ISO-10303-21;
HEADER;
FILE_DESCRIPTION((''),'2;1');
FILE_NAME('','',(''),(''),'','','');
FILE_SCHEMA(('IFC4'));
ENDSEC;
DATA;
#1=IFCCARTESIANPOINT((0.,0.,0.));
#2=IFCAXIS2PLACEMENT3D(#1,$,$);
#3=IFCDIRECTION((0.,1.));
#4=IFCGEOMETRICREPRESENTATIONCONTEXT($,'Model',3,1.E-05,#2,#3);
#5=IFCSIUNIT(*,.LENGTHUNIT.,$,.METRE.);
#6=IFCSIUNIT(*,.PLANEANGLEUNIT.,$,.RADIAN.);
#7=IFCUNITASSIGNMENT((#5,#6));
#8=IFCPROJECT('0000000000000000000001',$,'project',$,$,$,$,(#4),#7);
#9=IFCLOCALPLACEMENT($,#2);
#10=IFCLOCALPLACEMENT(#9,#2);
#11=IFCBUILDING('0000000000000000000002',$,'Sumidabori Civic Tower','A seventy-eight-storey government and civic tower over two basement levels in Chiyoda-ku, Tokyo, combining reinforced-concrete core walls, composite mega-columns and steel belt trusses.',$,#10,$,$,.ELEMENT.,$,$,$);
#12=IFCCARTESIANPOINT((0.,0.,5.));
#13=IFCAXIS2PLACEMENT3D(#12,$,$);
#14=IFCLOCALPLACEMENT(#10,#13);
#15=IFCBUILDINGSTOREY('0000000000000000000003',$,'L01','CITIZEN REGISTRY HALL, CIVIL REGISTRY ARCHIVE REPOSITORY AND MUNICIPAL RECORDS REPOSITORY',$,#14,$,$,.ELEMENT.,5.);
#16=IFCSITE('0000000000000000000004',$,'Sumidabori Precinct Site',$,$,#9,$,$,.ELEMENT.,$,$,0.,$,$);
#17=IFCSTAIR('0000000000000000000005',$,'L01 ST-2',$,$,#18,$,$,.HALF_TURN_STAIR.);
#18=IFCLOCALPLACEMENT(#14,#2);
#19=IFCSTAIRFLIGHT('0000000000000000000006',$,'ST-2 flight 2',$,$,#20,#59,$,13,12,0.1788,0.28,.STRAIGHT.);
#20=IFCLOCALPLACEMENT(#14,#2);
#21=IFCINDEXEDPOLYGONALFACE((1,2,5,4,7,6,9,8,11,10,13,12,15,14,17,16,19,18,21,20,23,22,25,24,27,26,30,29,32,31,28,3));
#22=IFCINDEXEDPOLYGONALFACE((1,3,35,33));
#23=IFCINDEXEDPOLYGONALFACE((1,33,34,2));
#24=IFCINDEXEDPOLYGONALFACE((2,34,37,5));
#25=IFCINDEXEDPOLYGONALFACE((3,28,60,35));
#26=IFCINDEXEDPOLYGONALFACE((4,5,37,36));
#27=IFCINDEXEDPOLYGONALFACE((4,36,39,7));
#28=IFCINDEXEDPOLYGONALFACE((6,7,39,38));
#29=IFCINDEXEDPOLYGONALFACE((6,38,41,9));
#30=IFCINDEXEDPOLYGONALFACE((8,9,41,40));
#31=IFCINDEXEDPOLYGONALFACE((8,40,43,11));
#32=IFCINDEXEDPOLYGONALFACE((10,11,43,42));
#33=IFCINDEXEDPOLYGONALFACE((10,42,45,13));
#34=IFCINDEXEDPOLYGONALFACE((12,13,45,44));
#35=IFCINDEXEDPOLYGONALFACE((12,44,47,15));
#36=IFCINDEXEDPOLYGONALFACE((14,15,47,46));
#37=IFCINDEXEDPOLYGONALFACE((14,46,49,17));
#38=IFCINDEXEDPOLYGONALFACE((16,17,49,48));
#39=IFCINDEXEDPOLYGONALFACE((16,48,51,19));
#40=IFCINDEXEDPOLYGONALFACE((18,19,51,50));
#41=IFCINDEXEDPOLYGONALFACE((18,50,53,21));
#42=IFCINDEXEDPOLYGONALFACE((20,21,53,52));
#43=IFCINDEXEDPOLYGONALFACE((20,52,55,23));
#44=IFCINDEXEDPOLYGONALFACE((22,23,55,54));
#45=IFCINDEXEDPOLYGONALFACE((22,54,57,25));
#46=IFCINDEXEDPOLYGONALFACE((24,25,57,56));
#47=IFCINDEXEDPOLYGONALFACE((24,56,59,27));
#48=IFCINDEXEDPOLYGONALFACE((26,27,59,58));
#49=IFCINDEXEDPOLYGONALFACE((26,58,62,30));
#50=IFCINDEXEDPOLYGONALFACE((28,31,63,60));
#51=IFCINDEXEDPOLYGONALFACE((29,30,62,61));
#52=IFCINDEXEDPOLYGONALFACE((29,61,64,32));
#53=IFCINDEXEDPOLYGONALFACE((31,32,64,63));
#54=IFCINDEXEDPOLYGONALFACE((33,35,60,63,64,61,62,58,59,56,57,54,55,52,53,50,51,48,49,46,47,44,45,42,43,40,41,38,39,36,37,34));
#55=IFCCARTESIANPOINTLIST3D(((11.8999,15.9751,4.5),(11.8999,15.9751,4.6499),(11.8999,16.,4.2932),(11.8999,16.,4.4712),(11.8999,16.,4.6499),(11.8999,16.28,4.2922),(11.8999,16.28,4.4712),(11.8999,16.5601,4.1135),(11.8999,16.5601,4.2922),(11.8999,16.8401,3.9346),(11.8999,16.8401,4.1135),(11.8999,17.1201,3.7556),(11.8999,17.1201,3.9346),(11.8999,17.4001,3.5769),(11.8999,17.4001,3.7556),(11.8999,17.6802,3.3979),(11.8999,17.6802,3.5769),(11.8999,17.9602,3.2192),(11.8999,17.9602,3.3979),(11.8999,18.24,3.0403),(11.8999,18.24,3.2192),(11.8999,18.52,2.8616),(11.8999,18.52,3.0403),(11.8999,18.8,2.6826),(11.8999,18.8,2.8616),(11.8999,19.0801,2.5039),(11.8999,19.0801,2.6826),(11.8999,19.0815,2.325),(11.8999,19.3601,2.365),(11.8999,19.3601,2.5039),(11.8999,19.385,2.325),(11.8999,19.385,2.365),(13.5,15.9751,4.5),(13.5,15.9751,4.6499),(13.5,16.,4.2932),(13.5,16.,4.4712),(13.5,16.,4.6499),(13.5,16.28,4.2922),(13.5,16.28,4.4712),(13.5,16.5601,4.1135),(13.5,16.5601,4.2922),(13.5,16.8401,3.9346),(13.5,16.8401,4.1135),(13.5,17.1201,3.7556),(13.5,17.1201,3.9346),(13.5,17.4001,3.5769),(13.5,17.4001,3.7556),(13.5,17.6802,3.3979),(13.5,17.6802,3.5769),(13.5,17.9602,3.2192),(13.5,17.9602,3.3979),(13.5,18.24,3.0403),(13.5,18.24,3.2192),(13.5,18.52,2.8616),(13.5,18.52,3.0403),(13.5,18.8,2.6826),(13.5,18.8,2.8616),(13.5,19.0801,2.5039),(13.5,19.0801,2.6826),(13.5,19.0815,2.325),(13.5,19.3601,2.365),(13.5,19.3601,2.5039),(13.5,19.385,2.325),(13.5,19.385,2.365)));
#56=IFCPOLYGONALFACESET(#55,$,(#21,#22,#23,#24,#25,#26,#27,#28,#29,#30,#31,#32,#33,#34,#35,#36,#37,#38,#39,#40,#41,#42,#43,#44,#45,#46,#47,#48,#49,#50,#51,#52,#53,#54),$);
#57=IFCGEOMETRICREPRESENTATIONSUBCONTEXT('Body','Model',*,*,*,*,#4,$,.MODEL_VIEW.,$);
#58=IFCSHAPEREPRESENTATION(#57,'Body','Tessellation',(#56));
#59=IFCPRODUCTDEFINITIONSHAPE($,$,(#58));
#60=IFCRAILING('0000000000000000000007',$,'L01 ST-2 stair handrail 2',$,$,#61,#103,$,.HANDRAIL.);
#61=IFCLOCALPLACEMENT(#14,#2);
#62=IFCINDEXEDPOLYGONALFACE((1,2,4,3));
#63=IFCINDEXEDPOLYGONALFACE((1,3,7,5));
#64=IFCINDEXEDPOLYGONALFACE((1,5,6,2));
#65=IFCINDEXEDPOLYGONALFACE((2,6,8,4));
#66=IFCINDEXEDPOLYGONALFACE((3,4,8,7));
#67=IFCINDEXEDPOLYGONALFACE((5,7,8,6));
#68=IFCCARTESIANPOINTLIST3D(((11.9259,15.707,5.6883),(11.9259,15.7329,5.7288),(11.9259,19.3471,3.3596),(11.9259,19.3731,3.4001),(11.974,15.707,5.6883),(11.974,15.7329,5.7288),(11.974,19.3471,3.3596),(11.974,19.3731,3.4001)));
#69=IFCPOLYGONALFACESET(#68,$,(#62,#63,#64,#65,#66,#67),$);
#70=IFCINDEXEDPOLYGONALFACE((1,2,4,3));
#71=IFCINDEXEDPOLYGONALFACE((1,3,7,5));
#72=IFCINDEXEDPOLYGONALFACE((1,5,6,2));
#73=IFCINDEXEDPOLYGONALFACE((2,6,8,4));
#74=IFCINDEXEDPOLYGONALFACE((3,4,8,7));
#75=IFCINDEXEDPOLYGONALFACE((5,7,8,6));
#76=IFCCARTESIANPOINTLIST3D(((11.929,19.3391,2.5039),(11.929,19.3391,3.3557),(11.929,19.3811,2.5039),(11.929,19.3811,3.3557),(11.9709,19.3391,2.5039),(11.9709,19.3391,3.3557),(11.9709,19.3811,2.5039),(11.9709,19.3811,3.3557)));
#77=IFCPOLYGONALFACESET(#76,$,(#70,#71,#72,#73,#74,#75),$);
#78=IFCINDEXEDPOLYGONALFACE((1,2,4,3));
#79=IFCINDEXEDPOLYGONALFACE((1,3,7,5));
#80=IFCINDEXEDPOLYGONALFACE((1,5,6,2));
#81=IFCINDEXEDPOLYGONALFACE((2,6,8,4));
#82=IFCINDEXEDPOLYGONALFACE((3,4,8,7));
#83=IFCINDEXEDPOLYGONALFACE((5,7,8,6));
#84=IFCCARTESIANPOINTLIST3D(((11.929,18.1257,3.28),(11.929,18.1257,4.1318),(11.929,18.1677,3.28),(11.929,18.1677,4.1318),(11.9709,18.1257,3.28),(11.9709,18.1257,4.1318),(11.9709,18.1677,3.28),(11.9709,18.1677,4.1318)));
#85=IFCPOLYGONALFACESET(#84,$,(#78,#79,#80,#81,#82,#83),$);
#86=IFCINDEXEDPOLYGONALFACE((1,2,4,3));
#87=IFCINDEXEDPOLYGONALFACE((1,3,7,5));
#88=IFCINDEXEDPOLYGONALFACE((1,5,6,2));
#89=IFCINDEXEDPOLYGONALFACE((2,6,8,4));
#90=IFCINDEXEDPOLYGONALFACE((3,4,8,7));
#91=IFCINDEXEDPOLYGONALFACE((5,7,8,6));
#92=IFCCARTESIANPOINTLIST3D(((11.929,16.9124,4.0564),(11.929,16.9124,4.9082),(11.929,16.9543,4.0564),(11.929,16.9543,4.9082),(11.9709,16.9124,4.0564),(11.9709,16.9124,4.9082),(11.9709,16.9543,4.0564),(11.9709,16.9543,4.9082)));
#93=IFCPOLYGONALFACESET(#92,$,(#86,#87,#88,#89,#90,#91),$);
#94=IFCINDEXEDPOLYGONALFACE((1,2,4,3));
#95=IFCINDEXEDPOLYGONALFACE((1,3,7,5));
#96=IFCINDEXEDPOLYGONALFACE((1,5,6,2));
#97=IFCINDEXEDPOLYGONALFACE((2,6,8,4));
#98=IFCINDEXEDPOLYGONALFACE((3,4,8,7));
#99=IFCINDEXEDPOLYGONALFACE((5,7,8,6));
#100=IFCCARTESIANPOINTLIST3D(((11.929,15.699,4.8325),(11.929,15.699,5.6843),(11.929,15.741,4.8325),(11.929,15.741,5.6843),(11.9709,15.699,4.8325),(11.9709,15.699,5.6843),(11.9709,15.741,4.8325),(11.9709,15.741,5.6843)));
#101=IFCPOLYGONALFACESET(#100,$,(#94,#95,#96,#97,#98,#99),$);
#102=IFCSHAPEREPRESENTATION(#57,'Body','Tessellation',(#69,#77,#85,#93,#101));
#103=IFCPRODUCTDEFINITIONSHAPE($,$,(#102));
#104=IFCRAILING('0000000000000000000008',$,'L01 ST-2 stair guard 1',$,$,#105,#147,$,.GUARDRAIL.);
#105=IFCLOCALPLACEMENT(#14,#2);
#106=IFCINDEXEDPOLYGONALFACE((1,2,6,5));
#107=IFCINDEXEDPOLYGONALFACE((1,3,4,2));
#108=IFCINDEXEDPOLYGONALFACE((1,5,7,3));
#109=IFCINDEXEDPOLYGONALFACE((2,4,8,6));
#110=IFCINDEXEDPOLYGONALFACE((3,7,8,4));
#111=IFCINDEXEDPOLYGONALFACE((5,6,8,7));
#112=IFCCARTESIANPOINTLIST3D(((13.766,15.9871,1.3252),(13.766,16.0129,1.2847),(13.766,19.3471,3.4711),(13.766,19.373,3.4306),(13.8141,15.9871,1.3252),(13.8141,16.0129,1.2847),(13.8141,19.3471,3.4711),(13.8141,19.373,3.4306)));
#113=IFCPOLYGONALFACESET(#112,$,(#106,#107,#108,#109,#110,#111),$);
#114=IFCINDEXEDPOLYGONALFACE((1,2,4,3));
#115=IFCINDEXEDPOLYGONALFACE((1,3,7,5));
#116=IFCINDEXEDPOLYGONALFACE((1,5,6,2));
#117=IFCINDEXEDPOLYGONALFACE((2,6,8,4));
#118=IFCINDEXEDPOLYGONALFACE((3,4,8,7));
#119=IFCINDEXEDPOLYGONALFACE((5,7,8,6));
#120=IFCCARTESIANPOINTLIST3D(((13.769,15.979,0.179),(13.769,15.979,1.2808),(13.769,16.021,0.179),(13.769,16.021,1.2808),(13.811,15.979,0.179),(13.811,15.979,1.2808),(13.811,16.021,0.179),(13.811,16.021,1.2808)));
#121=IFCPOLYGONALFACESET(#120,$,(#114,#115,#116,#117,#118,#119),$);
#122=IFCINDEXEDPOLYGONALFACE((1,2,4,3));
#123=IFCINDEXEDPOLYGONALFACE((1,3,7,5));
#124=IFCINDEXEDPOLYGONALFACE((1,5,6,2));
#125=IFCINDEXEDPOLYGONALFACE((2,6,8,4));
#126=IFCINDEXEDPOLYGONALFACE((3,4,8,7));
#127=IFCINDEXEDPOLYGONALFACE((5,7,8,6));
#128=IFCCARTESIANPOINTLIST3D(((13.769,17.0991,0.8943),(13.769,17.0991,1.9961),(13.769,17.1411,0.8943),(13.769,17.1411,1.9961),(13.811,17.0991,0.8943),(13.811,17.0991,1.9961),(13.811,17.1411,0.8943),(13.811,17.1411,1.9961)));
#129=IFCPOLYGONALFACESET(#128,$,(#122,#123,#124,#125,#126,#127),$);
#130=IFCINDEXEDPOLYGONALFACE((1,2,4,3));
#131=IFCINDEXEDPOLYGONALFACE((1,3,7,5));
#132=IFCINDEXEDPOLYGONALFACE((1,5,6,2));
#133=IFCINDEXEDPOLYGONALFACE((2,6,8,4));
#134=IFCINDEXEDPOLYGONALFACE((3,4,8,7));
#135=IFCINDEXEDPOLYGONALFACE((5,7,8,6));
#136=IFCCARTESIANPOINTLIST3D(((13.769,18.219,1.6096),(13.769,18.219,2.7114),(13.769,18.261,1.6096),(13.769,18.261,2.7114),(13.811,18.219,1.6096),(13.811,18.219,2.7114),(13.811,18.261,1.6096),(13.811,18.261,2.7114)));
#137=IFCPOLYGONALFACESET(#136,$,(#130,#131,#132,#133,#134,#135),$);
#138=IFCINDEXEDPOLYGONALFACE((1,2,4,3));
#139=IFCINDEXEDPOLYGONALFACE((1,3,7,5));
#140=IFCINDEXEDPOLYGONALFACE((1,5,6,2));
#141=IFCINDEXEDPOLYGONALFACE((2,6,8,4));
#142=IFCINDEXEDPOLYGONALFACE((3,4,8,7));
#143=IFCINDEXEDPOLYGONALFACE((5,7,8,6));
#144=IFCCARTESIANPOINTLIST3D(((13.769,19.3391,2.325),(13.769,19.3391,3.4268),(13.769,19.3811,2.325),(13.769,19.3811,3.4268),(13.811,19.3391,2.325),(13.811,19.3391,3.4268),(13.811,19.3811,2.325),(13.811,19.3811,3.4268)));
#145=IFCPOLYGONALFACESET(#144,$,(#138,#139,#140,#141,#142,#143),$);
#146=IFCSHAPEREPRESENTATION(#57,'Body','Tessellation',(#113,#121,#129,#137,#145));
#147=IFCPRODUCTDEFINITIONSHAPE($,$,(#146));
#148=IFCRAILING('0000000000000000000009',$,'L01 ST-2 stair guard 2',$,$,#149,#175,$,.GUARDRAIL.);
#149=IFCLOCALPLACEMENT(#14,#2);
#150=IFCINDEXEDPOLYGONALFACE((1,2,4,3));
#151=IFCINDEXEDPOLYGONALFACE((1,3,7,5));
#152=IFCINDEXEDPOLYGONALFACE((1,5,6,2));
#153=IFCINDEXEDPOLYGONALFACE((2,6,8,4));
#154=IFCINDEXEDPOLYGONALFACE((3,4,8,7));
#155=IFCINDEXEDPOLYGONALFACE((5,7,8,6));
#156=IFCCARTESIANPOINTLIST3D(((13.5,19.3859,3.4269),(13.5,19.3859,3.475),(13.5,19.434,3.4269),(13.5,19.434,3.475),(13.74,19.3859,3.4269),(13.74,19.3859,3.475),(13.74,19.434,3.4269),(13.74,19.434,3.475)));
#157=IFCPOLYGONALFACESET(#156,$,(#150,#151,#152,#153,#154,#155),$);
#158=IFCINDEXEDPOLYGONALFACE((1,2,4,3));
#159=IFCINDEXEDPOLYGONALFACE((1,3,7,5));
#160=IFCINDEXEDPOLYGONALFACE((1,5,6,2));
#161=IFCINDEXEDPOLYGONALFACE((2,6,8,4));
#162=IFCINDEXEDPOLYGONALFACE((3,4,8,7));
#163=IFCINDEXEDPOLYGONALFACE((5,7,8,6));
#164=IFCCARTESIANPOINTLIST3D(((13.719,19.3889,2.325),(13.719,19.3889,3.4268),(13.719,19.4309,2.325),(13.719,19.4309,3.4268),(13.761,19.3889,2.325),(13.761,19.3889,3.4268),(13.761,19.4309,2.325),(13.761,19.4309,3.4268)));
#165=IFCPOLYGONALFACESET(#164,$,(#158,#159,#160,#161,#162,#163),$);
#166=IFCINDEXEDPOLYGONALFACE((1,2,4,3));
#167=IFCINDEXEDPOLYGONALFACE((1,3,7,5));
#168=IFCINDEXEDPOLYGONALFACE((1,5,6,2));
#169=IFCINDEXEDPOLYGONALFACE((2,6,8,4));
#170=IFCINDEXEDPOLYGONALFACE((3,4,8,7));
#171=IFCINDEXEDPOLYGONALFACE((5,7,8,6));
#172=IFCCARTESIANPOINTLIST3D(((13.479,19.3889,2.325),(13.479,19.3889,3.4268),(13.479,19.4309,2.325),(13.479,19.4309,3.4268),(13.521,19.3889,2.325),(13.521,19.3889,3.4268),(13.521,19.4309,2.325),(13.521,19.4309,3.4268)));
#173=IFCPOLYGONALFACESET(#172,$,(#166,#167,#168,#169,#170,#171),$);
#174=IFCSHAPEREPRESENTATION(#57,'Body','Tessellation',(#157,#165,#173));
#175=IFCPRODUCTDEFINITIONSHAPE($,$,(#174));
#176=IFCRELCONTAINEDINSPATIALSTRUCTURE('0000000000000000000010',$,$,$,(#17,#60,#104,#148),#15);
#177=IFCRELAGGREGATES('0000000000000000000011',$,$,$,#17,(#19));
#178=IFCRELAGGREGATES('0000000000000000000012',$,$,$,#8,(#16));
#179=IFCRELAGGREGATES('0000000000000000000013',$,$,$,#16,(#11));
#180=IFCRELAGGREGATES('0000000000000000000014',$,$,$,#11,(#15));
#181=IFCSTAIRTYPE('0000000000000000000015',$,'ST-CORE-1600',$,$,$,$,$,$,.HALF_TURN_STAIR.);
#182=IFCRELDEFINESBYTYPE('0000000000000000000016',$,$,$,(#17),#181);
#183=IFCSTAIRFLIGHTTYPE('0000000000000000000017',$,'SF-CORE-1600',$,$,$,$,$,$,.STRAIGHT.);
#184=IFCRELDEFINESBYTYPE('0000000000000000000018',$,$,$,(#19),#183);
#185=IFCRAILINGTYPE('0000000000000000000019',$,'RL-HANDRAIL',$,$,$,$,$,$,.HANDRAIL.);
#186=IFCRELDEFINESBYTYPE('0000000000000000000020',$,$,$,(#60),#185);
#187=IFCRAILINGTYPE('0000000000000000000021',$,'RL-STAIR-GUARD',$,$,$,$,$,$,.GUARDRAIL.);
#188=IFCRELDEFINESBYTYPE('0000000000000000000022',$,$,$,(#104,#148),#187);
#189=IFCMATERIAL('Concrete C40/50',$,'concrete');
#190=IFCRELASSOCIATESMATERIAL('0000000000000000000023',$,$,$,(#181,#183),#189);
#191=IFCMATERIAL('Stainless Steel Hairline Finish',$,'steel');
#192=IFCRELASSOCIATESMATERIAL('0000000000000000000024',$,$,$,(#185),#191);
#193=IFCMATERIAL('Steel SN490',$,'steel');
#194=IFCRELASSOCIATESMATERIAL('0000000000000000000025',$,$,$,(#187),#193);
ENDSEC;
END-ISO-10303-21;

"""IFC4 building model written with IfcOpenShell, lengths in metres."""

from ifc_helpers import new_model, si_unit, direction, frame, origin, origin_2d, place, context, subcontext, project, spatial, polyline, rectangle, outline, extrude, source, transform, mapped, material, type_object, element, aggregate, save


model = new_model("IFC4")

# Units and contexts
model_context = context("Model", 3, precision=1e-05, world=origin(), true_north=direction((0.0, 1.0)))
body_context = subcontext(model_context, "Body", "Model", "MODEL_VIEW")
ifc_project = project(units=[si_unit("LENGTHUNIT", "METRE"), si_unit("PLANEANGLEUNIT", "RADIAN")], contexts=[model_context])

# Site, building, storey
site_placement = place(None, origin())
site = spatial("IfcSite", under=ifc_project, at=site_placement, Name="Sumidabori Precinct Site", CompositionType="ELEMENT", RefElevation=0.0)
building_placement = place(site_placement, origin())
building = spatial("IfcBuilding", under=site, at=building_placement, Name="Sumidabori Civic Tower", Description="A seventy-eight-storey government and civic tower over two basement levels in Chiyoda-ku, Tokyo, combining reinforced-concrete core walls, composite mega-columns and steel belt trusses.", CompositionType="ELEMENT")
storey_placement = place(building_placement, frame((0.0, 0.0, 5.0)))
storey = spatial("IfcBuildingStorey", under=building, at=storey_placement, Name="L01", Description="CITIZEN REGISTRY HALL, CIVIL REGISTRY ARCHIVE REPOSITORY AND MUNICIPAL RECORDS REPOSITORY", CompositionType="ELEMENT", Elevation=5.0)

# Shared definitions
ifc_material_1 = material(Name="Steel SN490", Category="steel")

# Stair, stair flight
ifc_material_2 = material(Name="Concrete C40/50", Category="concrete")
stair_type = type_object("IfcStairType", Name="ST-CORE-1600", PredefinedType="HALF_TURN_STAIR", material=ifc_material_2)
stair_placement = place(storey_placement, origin())
stair = element("IfcStair", 1, at=stair_placement, inside=storey, type_object=stair_type, Name="L01 ST-2", PredefinedType="HALF_TURN_STAIR")
stair_flight_type = type_object("IfcStairFlightType", Name="SF-CORE-1600", PredefinedType="STRAIGHT", material=ifc_material_2)
shared_shape_1 = source(origin(), body_context, "Body", "SweptSolid", [
    extrude(outline(polyline([(-0.0249, 0.0), (-0.0249, 0.04), (0.0, 0.04), (0.0, 0.179), (0.28, 0.179), (0.28, 0.3577), (0.5601, 0.3577), (0.5601, 0.5366), (0.8401, 0.5366), (0.8401, 0.7153), (1.1201, 0.7153), (1.1201, 0.8943), (1.3999, 0.8943), (1.3999, 1.073), (1.6799, 1.073), (1.6799, 1.252), (1.96, 1.252), (1.96, 1.4307), (2.24, 1.4307), (2.24, 1.6096), (2.52, 1.6096), (2.52, 1.7886), (2.8, 1.7886), (2.8, 1.9673), (3.0801, 1.9673), (3.0801, 2.1462), (3.3601, 2.1462), (3.3601, 2.325), (3.385, 2.325), (3.385, 2.175), (3.3601, 1.9683), (0.2786, 0.0), (-0.0249, 0.0)])), frame((0.0, 0.8, 0.0), z_axis=(0.0, -1.0, 0.0), x_axis=(1.0, 0.0, 0.0)), (0.0, 0.0, 1.0), 1.6001),
])
stair_flight_1_placement = place(storey_placement, frame((12.7, 19.3601, 2.325), z_axis=(0.0, 0.0, 1.0), x_axis=(0.0, -1.0, 0.0)))
stair_flight_1 = element("IfcStairFlight", 2, at=stair_flight_1_placement, type_object=stair_flight_type, Name="ST-2 flight 2", NumberOfRisers=13, NumberOfTreads=12, PredefinedType="STRAIGHT", RiserHeight=0.1788, TreadLength=0.28, context=body_context, shape_type="MappedRepresentation", body=[
    mapped(shared_shape_1, transform((0.0, 0.0, 0.0), x_axis=(1.0, 0.0, 0.0), y_axis=(0.0, 1.0, 0.0), z_axis=(0.0, 0.0, 1.0), scale=1.0)),
])
aggregate(stair, [stair_flight_1])

# Railings
ifc_material_3 = material(Name="Stainless Steel Hairline Finish", Category="steel")
railing_type_1 = type_object("IfcRailingType", Name="RL-HANDRAIL", PredefinedType="HANDRAIL", material=ifc_material_3)
railing_1_placement = place(storey_placement, frame((11.95, 19.3601, 2.5039)))
element("IfcRailing", 3, at=railing_1_placement, inside=storey, type_object=railing_type_1, Name="L01 ST-2 stair handrail 2", PredefinedType="HANDRAIL", context=body_context, shape_type="SweptSolid", body=[
    extrude(rectangle(XDim=0.0481, YDim=0.0481, at=origin_2d()), frame((0.0, 0.0, 0.876), z_axis=(0.0, -0.842384, 0.538877), x_axis=(1.0, 0.0, 0.0)), (0.0, 0.0, 1.0), 4.3213),
    extrude(rectangle(XDim=0.042, YDim=0.042, at=origin_2d()), origin(), (0.0, 0.0, 1.0), 0.8518),
    extrude(rectangle(XDim=0.042, YDim=0.042, at=origin_2d()), frame((0.0, -1.2134, 0.7761)), (0.0, 0.0, 1.0), 0.8518),
    extrude(rectangle(XDim=0.042, YDim=0.042, at=origin_2d()), frame((0.0, -2.4268, 1.5525)), (0.0, 0.0, 1.0), 0.8518),
    extrude(rectangle(XDim=0.042, YDim=0.042, at=origin_2d()), frame((0.0, -3.6401, 2.3286)), (0.0, 0.0, 1.0), 0.8518),
])
railing_type_2 = type_object("IfcRailingType", Name="RL-STAIR-GUARD", PredefinedType="GUARDRAIL", material=ifc_material_1)
railing_2_placement = place(storey_placement, frame((13.79, 16.0, 0.179)))
element("IfcRailing", 4, at=railing_2_placement, inside=storey, type_object=railing_type_2, Name="L01 ST-2 stair guard 1", PredefinedType="GUARDRAIL", context=body_context, shape_type="SweptSolid", body=[
    extrude(rectangle(XDim=0.0481, YDim=0.0481, at=origin_2d()), frame((0.0, 0.0, 1.126), z_axis=(0.0, 0.84278, 0.538258), x_axis=(-1.0, 0.0, 0.0)), (0.0, 0.0, 1.0), 3.9868),
    extrude(rectangle(XDim=0.042, YDim=0.042, at=origin_2d()), origin(), (0.0, 0.0, 1.0), 1.1018),
    extrude(rectangle(XDim=0.042, YDim=0.042, at=origin_2d()), frame((0.0, 1.1201, 0.7153)), (0.0, 0.0, 1.0), 1.1018),
    extrude(rectangle(XDim=0.042, YDim=0.042, at=origin_2d()), frame((0.0, 2.24, 1.4307)), (0.0, 0.0, 1.0), 1.1018),
    extrude(rectangle(XDim=0.042, YDim=0.042, at=origin_2d()), frame((0.0, 3.3601, 2.146)), (0.0, 0.0, 1.0), 1.1018),
])
railing_3_placement = place(storey_placement, frame((13.74, 19.4099, 2.325)))
element("IfcRailing", 5, at=railing_3_placement, inside=storey, type_object=railing_type_2, Name="L01 ST-2 stair guard 2", PredefinedType="GUARDRAIL", context=body_context, shape_type="SweptSolid", body=[
    extrude(rectangle(XDim=0.0481, YDim=0.0481, at=origin_2d()), frame((0.0, 0.0, 1.126), z_axis=(-1.0, 0.0, 0.0), x_axis=(0.0, -1.0, 0.0)), (0.0, 0.0, 1.0), 0.24),
    extrude(rectangle(XDim=0.042, YDim=0.042, at=origin_2d()), origin(), (0.0, 0.0, 1.0), 1.1018),
    extrude(rectangle(XDim=0.042, YDim=0.042, at=origin_2d()), frame((-0.24, 0.0, 0.0)), (0.0, 0.0, 1.0), 1.1018),
])

save(model, "model.ifc")
